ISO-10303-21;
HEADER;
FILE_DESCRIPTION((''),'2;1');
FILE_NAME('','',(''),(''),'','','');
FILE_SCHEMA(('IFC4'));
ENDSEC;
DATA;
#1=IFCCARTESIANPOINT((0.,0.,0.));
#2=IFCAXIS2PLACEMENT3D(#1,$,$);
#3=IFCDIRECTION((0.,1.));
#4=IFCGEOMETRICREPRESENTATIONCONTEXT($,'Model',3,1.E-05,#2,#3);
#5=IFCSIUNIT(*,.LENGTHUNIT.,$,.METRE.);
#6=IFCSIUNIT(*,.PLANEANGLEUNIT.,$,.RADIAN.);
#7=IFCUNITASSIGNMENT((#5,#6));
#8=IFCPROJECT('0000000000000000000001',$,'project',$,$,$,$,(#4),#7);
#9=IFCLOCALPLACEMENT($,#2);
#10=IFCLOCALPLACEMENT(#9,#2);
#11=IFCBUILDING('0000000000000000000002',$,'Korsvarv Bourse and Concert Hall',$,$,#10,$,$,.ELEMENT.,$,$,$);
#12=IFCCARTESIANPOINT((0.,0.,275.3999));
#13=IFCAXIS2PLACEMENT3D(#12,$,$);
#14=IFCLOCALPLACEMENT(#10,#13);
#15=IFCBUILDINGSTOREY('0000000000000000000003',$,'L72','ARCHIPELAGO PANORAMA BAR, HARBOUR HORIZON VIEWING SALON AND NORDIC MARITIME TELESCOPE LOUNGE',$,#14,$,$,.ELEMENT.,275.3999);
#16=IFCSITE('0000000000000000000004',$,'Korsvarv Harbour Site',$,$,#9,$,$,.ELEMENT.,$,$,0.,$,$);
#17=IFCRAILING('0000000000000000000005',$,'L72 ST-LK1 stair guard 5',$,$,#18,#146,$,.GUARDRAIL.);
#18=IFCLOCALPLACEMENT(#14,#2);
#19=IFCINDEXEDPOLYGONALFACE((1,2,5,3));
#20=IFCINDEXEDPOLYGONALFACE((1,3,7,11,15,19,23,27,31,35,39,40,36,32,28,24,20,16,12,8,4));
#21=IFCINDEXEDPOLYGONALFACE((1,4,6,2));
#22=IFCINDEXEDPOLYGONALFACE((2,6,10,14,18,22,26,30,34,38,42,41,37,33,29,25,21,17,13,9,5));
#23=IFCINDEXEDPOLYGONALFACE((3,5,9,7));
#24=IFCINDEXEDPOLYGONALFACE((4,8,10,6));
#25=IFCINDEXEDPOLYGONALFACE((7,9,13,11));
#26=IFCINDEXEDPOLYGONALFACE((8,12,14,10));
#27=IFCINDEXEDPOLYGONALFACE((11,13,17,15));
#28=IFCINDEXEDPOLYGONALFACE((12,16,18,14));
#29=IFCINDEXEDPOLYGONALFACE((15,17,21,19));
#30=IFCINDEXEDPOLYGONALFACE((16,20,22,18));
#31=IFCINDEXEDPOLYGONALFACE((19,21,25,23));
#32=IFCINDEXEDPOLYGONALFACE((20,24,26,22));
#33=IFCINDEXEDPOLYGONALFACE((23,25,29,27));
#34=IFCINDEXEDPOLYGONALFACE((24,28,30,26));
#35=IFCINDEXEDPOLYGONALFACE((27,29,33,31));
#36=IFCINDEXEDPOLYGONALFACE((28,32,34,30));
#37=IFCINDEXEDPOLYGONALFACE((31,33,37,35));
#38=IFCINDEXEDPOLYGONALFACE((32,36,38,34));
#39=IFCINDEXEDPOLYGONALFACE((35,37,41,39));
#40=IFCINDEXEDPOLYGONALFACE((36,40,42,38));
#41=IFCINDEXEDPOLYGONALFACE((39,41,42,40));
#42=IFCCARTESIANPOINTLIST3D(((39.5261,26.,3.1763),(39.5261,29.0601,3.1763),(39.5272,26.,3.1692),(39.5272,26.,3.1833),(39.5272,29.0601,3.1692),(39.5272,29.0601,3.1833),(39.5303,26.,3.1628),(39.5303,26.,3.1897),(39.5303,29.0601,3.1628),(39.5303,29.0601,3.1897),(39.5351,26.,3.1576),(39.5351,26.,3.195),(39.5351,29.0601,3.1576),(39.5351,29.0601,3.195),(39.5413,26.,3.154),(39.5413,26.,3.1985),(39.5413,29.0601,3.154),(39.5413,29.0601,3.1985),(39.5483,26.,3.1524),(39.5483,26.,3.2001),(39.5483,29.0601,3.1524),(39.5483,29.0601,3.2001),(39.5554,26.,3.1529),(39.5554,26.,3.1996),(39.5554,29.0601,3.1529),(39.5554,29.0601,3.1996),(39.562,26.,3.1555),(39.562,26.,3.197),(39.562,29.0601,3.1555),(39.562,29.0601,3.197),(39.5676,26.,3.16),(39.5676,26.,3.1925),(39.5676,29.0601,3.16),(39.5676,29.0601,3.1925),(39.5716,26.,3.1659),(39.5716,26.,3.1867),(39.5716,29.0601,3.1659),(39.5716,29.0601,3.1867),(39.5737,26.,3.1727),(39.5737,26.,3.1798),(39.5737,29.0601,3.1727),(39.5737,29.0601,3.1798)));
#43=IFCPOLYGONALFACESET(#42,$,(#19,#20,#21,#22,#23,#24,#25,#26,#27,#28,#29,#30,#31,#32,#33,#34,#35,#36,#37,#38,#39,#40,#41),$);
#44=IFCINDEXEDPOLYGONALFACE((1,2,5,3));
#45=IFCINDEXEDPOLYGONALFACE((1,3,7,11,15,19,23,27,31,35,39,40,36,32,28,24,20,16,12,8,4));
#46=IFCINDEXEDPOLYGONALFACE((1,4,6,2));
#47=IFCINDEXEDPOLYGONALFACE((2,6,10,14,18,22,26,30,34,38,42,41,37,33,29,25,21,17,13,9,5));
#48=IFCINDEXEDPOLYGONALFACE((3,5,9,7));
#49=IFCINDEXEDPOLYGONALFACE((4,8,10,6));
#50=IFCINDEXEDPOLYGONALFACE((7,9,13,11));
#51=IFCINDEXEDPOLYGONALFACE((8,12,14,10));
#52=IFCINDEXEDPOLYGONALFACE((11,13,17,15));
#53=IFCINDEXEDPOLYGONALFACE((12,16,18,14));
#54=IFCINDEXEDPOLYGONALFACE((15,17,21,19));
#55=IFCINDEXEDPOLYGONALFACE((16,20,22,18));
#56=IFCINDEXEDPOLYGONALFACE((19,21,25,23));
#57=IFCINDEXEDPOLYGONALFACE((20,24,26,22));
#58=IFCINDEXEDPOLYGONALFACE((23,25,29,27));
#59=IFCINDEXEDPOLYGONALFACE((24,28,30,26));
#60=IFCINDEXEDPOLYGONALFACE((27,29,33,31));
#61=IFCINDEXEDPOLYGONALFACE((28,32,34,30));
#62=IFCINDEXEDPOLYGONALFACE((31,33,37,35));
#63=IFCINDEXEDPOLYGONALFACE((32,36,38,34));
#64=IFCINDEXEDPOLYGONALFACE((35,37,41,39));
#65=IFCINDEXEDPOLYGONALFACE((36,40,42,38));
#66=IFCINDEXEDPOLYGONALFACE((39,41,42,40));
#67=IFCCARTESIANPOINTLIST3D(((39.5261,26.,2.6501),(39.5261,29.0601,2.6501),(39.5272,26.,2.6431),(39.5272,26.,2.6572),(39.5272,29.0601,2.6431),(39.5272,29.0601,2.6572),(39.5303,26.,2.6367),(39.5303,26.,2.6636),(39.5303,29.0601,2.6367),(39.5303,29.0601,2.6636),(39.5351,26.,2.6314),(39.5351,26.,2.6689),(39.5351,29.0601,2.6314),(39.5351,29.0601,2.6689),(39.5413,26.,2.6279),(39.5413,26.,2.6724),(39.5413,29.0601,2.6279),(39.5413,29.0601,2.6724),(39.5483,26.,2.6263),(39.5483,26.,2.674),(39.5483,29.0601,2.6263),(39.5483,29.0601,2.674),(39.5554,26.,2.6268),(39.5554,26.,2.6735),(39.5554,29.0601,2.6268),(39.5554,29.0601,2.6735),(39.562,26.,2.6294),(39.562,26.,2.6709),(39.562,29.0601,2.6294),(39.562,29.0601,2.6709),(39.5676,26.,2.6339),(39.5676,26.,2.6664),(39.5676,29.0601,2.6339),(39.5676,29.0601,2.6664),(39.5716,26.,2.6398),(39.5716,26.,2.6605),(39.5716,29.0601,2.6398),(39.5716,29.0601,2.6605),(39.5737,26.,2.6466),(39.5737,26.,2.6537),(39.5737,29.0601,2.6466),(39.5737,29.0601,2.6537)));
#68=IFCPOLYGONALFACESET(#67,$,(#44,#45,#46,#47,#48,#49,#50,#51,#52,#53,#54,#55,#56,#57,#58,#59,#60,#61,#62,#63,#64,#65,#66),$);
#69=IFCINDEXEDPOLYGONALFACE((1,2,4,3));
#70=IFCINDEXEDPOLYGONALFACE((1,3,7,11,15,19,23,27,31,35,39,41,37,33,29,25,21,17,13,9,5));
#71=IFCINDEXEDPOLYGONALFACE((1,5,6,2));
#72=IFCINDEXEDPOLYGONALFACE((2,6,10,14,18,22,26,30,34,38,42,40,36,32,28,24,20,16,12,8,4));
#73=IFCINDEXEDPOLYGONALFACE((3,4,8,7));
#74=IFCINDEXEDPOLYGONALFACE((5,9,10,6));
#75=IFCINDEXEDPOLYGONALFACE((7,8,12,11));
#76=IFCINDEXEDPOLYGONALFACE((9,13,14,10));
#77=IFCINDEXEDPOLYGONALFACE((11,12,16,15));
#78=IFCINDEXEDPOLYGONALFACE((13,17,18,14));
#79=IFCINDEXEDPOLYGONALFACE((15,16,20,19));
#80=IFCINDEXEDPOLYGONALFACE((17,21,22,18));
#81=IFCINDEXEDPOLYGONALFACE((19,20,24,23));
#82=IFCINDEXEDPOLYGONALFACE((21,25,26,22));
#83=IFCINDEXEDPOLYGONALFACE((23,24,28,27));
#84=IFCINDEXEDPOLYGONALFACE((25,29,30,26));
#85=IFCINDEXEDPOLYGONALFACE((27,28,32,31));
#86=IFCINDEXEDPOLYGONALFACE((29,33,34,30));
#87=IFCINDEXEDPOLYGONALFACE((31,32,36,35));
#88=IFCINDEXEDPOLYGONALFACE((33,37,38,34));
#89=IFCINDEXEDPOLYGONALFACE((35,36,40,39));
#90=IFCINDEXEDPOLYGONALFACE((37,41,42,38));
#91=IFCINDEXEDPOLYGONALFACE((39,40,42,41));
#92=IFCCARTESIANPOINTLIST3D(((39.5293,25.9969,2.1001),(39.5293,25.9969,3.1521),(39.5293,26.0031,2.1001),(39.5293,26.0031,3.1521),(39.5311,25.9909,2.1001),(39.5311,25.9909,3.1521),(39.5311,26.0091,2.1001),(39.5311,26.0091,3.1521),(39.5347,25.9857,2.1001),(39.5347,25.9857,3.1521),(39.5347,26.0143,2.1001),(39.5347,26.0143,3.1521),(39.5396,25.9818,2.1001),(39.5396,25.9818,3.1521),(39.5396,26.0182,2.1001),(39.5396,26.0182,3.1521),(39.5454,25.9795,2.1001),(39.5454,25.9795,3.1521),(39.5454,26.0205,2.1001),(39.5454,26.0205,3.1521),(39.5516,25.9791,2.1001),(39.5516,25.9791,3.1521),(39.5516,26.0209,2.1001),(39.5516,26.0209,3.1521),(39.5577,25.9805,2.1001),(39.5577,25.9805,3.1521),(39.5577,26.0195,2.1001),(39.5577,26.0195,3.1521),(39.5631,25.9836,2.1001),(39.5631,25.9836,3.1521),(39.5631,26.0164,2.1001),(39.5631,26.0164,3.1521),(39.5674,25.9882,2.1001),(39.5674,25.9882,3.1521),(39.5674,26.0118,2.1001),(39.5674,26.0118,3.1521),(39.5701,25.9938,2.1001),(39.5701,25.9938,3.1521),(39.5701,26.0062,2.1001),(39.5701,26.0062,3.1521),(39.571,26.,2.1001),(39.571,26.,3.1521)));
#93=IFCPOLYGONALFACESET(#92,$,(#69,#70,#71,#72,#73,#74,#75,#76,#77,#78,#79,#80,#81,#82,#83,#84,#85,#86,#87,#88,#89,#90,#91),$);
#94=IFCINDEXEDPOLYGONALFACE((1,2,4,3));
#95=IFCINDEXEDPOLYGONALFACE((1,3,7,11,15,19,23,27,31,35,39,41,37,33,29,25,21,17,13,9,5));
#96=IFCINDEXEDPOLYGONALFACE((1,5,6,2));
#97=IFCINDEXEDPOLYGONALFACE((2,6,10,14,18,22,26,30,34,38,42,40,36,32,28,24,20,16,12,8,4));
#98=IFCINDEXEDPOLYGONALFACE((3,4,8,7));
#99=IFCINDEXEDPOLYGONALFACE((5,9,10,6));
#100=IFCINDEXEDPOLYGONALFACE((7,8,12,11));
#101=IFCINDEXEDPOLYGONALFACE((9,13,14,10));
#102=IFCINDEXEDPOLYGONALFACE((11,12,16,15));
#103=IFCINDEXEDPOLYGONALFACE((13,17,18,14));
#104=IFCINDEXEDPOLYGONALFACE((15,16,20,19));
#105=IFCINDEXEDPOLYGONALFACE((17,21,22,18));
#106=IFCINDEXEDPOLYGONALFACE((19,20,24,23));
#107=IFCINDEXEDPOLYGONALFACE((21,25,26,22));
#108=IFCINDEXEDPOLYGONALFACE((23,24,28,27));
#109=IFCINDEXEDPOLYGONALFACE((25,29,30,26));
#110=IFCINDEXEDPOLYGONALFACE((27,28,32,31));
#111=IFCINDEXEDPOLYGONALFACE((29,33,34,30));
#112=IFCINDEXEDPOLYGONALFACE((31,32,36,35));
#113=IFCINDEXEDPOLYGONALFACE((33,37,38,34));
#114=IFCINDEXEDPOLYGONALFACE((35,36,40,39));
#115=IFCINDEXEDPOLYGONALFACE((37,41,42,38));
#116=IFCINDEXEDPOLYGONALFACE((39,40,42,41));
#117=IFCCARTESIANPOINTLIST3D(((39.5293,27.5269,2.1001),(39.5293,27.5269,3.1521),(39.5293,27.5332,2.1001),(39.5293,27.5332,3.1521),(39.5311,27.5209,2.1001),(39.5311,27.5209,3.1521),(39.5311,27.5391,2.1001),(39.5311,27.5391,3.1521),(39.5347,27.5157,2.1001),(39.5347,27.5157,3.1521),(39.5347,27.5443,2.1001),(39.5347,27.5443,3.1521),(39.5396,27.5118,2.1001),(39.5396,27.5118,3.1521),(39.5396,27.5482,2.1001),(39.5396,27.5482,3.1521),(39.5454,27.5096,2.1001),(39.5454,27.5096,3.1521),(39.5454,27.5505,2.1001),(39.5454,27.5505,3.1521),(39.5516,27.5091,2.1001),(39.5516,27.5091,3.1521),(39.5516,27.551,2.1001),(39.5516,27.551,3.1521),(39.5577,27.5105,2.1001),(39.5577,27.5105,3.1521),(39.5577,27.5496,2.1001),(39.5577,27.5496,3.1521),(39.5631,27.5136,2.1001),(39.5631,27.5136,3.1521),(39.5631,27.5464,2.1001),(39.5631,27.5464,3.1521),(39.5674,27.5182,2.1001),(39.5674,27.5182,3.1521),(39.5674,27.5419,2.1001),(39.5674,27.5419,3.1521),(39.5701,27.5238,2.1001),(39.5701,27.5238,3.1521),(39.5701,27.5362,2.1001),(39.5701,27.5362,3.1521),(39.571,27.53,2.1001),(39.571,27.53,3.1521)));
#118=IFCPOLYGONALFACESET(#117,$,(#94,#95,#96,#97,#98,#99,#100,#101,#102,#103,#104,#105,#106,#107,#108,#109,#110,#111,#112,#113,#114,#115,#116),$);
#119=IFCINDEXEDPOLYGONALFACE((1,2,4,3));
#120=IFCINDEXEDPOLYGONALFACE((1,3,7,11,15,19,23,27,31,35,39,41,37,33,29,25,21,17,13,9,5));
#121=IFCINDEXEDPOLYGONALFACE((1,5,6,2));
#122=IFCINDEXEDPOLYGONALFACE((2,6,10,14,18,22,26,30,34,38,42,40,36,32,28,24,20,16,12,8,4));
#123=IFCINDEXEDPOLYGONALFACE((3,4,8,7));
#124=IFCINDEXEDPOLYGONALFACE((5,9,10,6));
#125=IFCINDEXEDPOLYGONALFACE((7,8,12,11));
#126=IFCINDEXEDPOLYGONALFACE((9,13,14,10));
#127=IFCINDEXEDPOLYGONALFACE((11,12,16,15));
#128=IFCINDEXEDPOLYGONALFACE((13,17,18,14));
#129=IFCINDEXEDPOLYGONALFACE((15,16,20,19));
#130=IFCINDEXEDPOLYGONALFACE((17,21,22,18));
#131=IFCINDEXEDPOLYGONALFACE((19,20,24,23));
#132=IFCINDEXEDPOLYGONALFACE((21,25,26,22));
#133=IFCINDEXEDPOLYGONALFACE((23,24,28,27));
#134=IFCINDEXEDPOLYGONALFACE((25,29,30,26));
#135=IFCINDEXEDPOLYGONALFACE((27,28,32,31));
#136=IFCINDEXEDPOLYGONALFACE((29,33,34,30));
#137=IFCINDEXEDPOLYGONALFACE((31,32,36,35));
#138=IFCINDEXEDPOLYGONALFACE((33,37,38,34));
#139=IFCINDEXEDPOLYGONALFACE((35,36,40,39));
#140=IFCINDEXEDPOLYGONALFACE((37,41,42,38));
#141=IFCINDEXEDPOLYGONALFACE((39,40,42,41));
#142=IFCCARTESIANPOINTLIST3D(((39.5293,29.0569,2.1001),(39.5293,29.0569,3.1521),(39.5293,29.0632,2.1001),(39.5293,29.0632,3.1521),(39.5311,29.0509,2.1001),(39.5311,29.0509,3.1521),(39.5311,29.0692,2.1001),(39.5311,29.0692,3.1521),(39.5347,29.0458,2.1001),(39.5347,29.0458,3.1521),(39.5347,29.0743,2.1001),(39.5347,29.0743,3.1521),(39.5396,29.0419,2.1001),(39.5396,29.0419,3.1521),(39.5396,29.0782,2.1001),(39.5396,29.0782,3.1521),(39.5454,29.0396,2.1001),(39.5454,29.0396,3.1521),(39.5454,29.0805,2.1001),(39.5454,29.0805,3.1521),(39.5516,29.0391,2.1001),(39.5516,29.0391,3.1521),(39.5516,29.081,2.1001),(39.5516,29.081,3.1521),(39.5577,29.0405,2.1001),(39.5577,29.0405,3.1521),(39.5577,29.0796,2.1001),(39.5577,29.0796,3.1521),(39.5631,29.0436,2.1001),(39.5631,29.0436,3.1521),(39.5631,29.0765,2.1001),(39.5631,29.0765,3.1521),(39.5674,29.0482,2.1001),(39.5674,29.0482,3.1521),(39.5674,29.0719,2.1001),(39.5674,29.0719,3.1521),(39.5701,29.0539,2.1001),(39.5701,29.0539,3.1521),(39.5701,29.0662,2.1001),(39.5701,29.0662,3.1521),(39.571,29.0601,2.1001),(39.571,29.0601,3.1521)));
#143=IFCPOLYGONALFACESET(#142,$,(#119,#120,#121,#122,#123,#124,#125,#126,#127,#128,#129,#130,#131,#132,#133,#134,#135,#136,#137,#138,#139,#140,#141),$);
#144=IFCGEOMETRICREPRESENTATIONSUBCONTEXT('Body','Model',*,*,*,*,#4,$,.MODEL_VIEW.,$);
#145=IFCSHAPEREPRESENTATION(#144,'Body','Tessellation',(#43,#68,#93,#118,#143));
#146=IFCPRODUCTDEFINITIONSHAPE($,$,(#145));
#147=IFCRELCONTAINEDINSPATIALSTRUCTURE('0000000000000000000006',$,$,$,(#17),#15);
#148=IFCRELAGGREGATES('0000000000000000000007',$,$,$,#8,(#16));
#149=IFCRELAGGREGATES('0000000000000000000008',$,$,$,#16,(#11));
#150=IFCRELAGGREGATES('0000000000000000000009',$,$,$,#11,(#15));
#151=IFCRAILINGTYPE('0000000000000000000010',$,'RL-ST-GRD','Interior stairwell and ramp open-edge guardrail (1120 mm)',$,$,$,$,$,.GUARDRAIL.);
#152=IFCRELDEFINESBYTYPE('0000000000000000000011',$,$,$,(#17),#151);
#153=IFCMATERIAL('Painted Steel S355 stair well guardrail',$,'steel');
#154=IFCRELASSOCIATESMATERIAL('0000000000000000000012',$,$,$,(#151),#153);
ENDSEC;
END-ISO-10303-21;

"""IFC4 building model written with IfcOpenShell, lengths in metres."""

from ifc_helpers import new_model, si_unit, direction, frame, origin, origin_2d, place, context, subcontext, project, spatial, circle, extrude, material, type_object, element, save


model = new_model("IFC4")

# Units and contexts
model_context = context("Model", 3, precision=1e-05, world=origin(), true_north=direction((0.0, 1.0)))
body_context = subcontext(model_context, "Body", "Model", "MODEL_VIEW")
ifc_project = project(units=[si_unit("LENGTHUNIT", "METRE"), si_unit("PLANEANGLEUNIT", "RADIAN")], contexts=[model_context])

# Site, building, storey
site_placement = place(None, origin())
site = spatial("IfcSite", under=ifc_project, at=site_placement, Name="Korsvarv Harbour Site", CompositionType="ELEMENT", RefElevation=0.0)
building_placement = place(site_placement, origin())
building = spatial("IfcBuilding", under=site, at=building_placement, Name="Korsvarv Bourse and Concert Hall", CompositionType="ELEMENT")
storey_placement = place(building_placement, frame((0.0, 0.0, 275.3999)))
storey = spatial("IfcBuildingStorey", under=building, at=storey_placement, Name="L72", Description="ARCHIPELAGO PANORAMA BAR, HARBOUR HORIZON VIEWING SALON AND NORDIC MARITIME TELESCOPE LOUNGE", CompositionType="ELEMENT", Elevation=275.3999)

# Railing
ifc_material_1 = material(Name="Painted Steel S355 stair well guardrail", Category="steel")
railing_type_1 = type_object("IfcRailingType", Name="RL-ST-GRD", Description="Interior stairwell and ramp open-edge guardrail (1120 mm)", PredefinedType="GUARDRAIL", material=ifc_material_1)
railing_1_placement = place(storey_placement, frame((39.55, 26.0, 2.1001)))
element("IfcRailing", 1, at=railing_1_placement, inside=storey, type_object=railing_type_1, Name="L72 ST-LK1 stair guard 5", PredefinedType="GUARDRAIL", context=body_context, shape_type="SweptSolid", body=[
    extrude(circle(Radius=0.0239, at=origin_2d()), frame((0.0, 0.0, 1.0762), z_axis=(0.0, 1.0, 0.0), x_axis=(-1.0, 0.0, 0.0)), (0.0, 0.0, 1.0), 3.0601),
    extrude(circle(Radius=0.0239, at=origin_2d()), frame((0.0, 0.0, 0.55), z_axis=(0.0, 1.0, 0.0), x_axis=(-1.0, 0.0, 0.0)), (0.0, 0.0, 1.0), 3.0601),
    extrude(circle(Radius=0.021, at=origin_2d()), origin(), (0.0, 0.0, 1.0), 1.052),
    extrude(circle(Radius=0.021, at=origin_2d()), frame((0.0, 1.53, 0.0)), (0.0, 0.0, 1.0), 1.052),
    extrude(circle(Radius=0.021, at=origin_2d()), frame((0.0, 3.0601, 0.0)), (0.0, 0.0, 1.0), 1.052),
])

save(model, "model.ifc")
